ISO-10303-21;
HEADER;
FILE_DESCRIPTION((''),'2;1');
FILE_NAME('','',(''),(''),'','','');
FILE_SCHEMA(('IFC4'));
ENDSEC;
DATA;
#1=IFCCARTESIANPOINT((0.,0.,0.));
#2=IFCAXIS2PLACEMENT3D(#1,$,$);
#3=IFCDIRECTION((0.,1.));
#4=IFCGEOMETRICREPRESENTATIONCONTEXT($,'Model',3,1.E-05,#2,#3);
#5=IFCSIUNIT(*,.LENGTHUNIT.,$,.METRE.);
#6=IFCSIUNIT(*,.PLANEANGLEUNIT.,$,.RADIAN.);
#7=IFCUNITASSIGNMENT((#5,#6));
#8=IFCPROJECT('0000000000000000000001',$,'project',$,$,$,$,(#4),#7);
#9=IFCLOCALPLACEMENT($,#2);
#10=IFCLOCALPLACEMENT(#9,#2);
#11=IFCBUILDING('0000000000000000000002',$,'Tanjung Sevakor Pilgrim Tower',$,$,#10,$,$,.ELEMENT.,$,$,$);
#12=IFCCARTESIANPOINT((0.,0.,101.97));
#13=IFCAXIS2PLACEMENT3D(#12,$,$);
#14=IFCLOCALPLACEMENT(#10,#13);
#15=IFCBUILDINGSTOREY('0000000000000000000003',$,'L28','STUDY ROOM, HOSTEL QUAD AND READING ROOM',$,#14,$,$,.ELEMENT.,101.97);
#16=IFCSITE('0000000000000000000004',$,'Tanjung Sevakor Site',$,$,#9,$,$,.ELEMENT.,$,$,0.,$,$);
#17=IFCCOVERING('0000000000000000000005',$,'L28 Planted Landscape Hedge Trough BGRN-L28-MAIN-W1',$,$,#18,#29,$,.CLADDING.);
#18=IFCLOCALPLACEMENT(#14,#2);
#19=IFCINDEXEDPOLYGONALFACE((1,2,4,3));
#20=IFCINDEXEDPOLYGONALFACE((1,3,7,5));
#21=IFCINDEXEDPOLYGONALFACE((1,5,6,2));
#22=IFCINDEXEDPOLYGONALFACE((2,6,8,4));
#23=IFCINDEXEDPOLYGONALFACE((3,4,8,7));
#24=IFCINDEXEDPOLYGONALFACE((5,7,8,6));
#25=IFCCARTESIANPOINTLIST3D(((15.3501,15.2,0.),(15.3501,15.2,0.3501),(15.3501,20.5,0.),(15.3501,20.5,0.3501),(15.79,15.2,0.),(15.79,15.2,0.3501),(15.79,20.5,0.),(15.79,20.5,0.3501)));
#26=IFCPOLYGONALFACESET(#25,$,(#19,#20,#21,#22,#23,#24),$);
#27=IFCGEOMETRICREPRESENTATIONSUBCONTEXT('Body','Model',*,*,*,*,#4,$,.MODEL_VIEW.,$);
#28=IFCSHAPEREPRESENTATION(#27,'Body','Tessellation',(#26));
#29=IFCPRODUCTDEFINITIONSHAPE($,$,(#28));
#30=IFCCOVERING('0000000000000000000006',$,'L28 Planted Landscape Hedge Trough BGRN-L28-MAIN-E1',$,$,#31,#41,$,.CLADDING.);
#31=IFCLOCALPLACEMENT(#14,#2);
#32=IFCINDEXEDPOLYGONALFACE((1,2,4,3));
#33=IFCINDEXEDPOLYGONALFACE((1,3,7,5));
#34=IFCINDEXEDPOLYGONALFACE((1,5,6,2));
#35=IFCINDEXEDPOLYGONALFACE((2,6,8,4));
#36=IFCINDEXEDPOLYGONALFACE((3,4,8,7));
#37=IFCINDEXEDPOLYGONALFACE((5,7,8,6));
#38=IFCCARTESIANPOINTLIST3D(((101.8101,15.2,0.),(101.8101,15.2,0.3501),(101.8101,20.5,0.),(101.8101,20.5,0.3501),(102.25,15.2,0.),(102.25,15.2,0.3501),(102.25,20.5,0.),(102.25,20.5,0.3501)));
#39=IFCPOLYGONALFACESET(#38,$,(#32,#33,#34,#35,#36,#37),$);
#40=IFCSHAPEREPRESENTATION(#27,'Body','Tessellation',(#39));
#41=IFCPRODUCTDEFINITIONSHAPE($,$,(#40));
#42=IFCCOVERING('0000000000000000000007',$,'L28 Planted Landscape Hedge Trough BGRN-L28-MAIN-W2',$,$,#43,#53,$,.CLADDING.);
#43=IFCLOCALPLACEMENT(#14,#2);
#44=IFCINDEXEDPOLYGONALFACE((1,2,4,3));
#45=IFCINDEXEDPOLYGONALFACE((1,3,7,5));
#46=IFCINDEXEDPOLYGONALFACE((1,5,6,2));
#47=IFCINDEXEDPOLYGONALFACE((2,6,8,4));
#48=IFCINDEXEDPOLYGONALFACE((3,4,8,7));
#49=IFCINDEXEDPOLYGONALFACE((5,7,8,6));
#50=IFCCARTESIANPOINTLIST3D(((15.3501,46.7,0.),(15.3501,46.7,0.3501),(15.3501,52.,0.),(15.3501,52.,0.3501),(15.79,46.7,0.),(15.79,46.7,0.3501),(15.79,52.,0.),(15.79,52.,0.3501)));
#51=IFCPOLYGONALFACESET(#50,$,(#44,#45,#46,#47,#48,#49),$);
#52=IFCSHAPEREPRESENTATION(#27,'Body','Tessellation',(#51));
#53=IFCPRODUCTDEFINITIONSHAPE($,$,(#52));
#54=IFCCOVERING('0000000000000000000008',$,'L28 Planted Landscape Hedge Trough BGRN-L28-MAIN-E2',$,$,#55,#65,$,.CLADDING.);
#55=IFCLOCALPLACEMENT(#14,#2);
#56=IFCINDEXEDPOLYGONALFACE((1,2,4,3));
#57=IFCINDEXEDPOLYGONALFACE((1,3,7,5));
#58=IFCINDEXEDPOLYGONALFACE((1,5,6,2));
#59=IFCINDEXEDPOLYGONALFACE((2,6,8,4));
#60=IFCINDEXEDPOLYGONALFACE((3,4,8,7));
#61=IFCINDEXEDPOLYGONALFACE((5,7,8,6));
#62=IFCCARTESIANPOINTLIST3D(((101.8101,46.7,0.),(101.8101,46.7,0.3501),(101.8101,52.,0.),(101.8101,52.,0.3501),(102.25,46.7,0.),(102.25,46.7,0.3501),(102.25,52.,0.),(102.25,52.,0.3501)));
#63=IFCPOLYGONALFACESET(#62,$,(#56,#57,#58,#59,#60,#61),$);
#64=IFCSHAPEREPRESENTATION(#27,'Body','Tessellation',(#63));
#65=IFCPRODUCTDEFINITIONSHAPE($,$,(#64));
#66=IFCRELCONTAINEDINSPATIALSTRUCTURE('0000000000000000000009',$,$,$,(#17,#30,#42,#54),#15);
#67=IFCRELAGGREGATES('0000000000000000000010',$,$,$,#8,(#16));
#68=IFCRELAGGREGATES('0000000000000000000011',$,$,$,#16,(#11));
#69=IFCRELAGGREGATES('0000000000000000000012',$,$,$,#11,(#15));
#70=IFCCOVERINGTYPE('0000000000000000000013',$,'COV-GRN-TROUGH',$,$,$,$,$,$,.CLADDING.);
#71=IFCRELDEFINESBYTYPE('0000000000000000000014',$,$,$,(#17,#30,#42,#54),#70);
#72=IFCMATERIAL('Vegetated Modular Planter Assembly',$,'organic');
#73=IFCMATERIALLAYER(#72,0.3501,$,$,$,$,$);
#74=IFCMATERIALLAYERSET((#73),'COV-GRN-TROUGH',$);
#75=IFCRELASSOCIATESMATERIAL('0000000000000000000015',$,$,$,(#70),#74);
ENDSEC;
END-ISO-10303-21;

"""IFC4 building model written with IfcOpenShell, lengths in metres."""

from ifc_helpers import new_model, si_unit, direction, frame, origin, place, context, subcontext, project, spatial, polyline, outline, extrude, material, layer, layer_set, type_object, element, save


model = new_model("IFC4")

# Units and contexts
model_context = context("Model", 3, precision=1e-05, world=origin(), true_north=direction((0.0, 1.0)))
body_context = subcontext(model_context, "Body", "Model", "MODEL_VIEW")
ifc_project = project(units=[si_unit("LENGTHUNIT", "METRE"), si_unit("PLANEANGLEUNIT", "RADIAN")], contexts=[model_context])

# Site, building, storey
site_placement = place(None, origin())
site = spatial("IfcSite", under=ifc_project, at=site_placement, Name="Tanjung Sevakor Site", CompositionType="ELEMENT", RefElevation=0.0)
building_placement = place(site_placement, origin())
building = spatial("IfcBuilding", under=site, at=building_placement, Name="Tanjung Sevakor Pilgrim Tower", CompositionType="ELEMENT")
storey_placement = place(building_placement, frame((0.0, 0.0, 101.97)))
storey = spatial("IfcBuildingStorey", under=building, at=storey_placement, Name="L28", Description="STUDY ROOM, HOSTEL QUAD AND READING ROOM", CompositionType="ELEMENT", Elevation=101.97)

# Coverings
ifc_material_1 = material(Name="Vegetated Modular Planter Assembly", Category="organic")
ifc_layer_1 = layer(ifc_material_1, 0.3501)
ifc_layer_set_1 = layer_set([ifc_layer_1], Name="COV-GRN-TROUGH")
covering_type = type_object("IfcCoveringType", Name="COV-GRN-TROUGH", PredefinedType="CLADDING", material=ifc_layer_set_1)
covering_1_placement = place(storey_placement, origin())
element("IfcCovering", 1, at=covering_1_placement, inside=storey, type_object=covering_type, Name="L28 Planted Landscape Hedge Trough BGRN-L28-MAIN-W1", PredefinedType="CLADDING", context=body_context, shape_type="SweptSolid", body=[
    extrude(outline(polyline([(15.79, 15.2), (15.79, 20.5), (15.3501, 20.5), (15.3501, 15.2), (15.79, 15.2)])), origin(), (0.0, 0.0, 1.0), 0.3501),
])
covering_2_placement = place(storey_placement, origin())
element("IfcCovering", 2, at=covering_2_placement, inside=storey, type_object=covering_type, Name="L28 Planted Landscape Hedge Trough BGRN-L28-MAIN-E1", PredefinedType="CLADDING", context=body_context, shape_type="SweptSolid", body=[
    extrude(outline(polyline([(102.25, 15.2), (102.25, 20.5), (101.8101, 20.5), (101.8101, 15.2), (102.25, 15.2)])), origin(), (0.0, 0.0, 1.0), 0.3501),
])
covering_3_placement = place(storey_placement, origin())
element("IfcCovering", 3, at=covering_3_placement, inside=storey, type_object=covering_type, Name="L28 Planted Landscape Hedge Trough BGRN-L28-MAIN-W2", PredefinedType="CLADDING", context=body_context, shape_type="SweptSolid", body=[
    extrude(outline(polyline([(15.79, 46.7), (15.79, 52.0), (15.3501, 52.0), (15.3501, 46.7), (15.79, 46.7)])), origin(), (0.0, 0.0, 1.0), 0.3501),
])
covering_4_placement = place(storey_placement, origin())
element("IfcCovering", 4, at=covering_4_placement, inside=storey, type_object=covering_type, Name="L28 Planted Landscape Hedge Trough BGRN-L28-MAIN-E2", PredefinedType="CLADDING", context=body_context, shape_type="SweptSolid", body=[
    extrude(outline(polyline([(102.25, 46.7), (102.25, 52.0), (101.8101, 52.0), (101.8101, 46.7), (102.25, 46.7)])), origin(), (0.0, 0.0, 1.0), 0.3501),
])

save(model, "model.ifc")
